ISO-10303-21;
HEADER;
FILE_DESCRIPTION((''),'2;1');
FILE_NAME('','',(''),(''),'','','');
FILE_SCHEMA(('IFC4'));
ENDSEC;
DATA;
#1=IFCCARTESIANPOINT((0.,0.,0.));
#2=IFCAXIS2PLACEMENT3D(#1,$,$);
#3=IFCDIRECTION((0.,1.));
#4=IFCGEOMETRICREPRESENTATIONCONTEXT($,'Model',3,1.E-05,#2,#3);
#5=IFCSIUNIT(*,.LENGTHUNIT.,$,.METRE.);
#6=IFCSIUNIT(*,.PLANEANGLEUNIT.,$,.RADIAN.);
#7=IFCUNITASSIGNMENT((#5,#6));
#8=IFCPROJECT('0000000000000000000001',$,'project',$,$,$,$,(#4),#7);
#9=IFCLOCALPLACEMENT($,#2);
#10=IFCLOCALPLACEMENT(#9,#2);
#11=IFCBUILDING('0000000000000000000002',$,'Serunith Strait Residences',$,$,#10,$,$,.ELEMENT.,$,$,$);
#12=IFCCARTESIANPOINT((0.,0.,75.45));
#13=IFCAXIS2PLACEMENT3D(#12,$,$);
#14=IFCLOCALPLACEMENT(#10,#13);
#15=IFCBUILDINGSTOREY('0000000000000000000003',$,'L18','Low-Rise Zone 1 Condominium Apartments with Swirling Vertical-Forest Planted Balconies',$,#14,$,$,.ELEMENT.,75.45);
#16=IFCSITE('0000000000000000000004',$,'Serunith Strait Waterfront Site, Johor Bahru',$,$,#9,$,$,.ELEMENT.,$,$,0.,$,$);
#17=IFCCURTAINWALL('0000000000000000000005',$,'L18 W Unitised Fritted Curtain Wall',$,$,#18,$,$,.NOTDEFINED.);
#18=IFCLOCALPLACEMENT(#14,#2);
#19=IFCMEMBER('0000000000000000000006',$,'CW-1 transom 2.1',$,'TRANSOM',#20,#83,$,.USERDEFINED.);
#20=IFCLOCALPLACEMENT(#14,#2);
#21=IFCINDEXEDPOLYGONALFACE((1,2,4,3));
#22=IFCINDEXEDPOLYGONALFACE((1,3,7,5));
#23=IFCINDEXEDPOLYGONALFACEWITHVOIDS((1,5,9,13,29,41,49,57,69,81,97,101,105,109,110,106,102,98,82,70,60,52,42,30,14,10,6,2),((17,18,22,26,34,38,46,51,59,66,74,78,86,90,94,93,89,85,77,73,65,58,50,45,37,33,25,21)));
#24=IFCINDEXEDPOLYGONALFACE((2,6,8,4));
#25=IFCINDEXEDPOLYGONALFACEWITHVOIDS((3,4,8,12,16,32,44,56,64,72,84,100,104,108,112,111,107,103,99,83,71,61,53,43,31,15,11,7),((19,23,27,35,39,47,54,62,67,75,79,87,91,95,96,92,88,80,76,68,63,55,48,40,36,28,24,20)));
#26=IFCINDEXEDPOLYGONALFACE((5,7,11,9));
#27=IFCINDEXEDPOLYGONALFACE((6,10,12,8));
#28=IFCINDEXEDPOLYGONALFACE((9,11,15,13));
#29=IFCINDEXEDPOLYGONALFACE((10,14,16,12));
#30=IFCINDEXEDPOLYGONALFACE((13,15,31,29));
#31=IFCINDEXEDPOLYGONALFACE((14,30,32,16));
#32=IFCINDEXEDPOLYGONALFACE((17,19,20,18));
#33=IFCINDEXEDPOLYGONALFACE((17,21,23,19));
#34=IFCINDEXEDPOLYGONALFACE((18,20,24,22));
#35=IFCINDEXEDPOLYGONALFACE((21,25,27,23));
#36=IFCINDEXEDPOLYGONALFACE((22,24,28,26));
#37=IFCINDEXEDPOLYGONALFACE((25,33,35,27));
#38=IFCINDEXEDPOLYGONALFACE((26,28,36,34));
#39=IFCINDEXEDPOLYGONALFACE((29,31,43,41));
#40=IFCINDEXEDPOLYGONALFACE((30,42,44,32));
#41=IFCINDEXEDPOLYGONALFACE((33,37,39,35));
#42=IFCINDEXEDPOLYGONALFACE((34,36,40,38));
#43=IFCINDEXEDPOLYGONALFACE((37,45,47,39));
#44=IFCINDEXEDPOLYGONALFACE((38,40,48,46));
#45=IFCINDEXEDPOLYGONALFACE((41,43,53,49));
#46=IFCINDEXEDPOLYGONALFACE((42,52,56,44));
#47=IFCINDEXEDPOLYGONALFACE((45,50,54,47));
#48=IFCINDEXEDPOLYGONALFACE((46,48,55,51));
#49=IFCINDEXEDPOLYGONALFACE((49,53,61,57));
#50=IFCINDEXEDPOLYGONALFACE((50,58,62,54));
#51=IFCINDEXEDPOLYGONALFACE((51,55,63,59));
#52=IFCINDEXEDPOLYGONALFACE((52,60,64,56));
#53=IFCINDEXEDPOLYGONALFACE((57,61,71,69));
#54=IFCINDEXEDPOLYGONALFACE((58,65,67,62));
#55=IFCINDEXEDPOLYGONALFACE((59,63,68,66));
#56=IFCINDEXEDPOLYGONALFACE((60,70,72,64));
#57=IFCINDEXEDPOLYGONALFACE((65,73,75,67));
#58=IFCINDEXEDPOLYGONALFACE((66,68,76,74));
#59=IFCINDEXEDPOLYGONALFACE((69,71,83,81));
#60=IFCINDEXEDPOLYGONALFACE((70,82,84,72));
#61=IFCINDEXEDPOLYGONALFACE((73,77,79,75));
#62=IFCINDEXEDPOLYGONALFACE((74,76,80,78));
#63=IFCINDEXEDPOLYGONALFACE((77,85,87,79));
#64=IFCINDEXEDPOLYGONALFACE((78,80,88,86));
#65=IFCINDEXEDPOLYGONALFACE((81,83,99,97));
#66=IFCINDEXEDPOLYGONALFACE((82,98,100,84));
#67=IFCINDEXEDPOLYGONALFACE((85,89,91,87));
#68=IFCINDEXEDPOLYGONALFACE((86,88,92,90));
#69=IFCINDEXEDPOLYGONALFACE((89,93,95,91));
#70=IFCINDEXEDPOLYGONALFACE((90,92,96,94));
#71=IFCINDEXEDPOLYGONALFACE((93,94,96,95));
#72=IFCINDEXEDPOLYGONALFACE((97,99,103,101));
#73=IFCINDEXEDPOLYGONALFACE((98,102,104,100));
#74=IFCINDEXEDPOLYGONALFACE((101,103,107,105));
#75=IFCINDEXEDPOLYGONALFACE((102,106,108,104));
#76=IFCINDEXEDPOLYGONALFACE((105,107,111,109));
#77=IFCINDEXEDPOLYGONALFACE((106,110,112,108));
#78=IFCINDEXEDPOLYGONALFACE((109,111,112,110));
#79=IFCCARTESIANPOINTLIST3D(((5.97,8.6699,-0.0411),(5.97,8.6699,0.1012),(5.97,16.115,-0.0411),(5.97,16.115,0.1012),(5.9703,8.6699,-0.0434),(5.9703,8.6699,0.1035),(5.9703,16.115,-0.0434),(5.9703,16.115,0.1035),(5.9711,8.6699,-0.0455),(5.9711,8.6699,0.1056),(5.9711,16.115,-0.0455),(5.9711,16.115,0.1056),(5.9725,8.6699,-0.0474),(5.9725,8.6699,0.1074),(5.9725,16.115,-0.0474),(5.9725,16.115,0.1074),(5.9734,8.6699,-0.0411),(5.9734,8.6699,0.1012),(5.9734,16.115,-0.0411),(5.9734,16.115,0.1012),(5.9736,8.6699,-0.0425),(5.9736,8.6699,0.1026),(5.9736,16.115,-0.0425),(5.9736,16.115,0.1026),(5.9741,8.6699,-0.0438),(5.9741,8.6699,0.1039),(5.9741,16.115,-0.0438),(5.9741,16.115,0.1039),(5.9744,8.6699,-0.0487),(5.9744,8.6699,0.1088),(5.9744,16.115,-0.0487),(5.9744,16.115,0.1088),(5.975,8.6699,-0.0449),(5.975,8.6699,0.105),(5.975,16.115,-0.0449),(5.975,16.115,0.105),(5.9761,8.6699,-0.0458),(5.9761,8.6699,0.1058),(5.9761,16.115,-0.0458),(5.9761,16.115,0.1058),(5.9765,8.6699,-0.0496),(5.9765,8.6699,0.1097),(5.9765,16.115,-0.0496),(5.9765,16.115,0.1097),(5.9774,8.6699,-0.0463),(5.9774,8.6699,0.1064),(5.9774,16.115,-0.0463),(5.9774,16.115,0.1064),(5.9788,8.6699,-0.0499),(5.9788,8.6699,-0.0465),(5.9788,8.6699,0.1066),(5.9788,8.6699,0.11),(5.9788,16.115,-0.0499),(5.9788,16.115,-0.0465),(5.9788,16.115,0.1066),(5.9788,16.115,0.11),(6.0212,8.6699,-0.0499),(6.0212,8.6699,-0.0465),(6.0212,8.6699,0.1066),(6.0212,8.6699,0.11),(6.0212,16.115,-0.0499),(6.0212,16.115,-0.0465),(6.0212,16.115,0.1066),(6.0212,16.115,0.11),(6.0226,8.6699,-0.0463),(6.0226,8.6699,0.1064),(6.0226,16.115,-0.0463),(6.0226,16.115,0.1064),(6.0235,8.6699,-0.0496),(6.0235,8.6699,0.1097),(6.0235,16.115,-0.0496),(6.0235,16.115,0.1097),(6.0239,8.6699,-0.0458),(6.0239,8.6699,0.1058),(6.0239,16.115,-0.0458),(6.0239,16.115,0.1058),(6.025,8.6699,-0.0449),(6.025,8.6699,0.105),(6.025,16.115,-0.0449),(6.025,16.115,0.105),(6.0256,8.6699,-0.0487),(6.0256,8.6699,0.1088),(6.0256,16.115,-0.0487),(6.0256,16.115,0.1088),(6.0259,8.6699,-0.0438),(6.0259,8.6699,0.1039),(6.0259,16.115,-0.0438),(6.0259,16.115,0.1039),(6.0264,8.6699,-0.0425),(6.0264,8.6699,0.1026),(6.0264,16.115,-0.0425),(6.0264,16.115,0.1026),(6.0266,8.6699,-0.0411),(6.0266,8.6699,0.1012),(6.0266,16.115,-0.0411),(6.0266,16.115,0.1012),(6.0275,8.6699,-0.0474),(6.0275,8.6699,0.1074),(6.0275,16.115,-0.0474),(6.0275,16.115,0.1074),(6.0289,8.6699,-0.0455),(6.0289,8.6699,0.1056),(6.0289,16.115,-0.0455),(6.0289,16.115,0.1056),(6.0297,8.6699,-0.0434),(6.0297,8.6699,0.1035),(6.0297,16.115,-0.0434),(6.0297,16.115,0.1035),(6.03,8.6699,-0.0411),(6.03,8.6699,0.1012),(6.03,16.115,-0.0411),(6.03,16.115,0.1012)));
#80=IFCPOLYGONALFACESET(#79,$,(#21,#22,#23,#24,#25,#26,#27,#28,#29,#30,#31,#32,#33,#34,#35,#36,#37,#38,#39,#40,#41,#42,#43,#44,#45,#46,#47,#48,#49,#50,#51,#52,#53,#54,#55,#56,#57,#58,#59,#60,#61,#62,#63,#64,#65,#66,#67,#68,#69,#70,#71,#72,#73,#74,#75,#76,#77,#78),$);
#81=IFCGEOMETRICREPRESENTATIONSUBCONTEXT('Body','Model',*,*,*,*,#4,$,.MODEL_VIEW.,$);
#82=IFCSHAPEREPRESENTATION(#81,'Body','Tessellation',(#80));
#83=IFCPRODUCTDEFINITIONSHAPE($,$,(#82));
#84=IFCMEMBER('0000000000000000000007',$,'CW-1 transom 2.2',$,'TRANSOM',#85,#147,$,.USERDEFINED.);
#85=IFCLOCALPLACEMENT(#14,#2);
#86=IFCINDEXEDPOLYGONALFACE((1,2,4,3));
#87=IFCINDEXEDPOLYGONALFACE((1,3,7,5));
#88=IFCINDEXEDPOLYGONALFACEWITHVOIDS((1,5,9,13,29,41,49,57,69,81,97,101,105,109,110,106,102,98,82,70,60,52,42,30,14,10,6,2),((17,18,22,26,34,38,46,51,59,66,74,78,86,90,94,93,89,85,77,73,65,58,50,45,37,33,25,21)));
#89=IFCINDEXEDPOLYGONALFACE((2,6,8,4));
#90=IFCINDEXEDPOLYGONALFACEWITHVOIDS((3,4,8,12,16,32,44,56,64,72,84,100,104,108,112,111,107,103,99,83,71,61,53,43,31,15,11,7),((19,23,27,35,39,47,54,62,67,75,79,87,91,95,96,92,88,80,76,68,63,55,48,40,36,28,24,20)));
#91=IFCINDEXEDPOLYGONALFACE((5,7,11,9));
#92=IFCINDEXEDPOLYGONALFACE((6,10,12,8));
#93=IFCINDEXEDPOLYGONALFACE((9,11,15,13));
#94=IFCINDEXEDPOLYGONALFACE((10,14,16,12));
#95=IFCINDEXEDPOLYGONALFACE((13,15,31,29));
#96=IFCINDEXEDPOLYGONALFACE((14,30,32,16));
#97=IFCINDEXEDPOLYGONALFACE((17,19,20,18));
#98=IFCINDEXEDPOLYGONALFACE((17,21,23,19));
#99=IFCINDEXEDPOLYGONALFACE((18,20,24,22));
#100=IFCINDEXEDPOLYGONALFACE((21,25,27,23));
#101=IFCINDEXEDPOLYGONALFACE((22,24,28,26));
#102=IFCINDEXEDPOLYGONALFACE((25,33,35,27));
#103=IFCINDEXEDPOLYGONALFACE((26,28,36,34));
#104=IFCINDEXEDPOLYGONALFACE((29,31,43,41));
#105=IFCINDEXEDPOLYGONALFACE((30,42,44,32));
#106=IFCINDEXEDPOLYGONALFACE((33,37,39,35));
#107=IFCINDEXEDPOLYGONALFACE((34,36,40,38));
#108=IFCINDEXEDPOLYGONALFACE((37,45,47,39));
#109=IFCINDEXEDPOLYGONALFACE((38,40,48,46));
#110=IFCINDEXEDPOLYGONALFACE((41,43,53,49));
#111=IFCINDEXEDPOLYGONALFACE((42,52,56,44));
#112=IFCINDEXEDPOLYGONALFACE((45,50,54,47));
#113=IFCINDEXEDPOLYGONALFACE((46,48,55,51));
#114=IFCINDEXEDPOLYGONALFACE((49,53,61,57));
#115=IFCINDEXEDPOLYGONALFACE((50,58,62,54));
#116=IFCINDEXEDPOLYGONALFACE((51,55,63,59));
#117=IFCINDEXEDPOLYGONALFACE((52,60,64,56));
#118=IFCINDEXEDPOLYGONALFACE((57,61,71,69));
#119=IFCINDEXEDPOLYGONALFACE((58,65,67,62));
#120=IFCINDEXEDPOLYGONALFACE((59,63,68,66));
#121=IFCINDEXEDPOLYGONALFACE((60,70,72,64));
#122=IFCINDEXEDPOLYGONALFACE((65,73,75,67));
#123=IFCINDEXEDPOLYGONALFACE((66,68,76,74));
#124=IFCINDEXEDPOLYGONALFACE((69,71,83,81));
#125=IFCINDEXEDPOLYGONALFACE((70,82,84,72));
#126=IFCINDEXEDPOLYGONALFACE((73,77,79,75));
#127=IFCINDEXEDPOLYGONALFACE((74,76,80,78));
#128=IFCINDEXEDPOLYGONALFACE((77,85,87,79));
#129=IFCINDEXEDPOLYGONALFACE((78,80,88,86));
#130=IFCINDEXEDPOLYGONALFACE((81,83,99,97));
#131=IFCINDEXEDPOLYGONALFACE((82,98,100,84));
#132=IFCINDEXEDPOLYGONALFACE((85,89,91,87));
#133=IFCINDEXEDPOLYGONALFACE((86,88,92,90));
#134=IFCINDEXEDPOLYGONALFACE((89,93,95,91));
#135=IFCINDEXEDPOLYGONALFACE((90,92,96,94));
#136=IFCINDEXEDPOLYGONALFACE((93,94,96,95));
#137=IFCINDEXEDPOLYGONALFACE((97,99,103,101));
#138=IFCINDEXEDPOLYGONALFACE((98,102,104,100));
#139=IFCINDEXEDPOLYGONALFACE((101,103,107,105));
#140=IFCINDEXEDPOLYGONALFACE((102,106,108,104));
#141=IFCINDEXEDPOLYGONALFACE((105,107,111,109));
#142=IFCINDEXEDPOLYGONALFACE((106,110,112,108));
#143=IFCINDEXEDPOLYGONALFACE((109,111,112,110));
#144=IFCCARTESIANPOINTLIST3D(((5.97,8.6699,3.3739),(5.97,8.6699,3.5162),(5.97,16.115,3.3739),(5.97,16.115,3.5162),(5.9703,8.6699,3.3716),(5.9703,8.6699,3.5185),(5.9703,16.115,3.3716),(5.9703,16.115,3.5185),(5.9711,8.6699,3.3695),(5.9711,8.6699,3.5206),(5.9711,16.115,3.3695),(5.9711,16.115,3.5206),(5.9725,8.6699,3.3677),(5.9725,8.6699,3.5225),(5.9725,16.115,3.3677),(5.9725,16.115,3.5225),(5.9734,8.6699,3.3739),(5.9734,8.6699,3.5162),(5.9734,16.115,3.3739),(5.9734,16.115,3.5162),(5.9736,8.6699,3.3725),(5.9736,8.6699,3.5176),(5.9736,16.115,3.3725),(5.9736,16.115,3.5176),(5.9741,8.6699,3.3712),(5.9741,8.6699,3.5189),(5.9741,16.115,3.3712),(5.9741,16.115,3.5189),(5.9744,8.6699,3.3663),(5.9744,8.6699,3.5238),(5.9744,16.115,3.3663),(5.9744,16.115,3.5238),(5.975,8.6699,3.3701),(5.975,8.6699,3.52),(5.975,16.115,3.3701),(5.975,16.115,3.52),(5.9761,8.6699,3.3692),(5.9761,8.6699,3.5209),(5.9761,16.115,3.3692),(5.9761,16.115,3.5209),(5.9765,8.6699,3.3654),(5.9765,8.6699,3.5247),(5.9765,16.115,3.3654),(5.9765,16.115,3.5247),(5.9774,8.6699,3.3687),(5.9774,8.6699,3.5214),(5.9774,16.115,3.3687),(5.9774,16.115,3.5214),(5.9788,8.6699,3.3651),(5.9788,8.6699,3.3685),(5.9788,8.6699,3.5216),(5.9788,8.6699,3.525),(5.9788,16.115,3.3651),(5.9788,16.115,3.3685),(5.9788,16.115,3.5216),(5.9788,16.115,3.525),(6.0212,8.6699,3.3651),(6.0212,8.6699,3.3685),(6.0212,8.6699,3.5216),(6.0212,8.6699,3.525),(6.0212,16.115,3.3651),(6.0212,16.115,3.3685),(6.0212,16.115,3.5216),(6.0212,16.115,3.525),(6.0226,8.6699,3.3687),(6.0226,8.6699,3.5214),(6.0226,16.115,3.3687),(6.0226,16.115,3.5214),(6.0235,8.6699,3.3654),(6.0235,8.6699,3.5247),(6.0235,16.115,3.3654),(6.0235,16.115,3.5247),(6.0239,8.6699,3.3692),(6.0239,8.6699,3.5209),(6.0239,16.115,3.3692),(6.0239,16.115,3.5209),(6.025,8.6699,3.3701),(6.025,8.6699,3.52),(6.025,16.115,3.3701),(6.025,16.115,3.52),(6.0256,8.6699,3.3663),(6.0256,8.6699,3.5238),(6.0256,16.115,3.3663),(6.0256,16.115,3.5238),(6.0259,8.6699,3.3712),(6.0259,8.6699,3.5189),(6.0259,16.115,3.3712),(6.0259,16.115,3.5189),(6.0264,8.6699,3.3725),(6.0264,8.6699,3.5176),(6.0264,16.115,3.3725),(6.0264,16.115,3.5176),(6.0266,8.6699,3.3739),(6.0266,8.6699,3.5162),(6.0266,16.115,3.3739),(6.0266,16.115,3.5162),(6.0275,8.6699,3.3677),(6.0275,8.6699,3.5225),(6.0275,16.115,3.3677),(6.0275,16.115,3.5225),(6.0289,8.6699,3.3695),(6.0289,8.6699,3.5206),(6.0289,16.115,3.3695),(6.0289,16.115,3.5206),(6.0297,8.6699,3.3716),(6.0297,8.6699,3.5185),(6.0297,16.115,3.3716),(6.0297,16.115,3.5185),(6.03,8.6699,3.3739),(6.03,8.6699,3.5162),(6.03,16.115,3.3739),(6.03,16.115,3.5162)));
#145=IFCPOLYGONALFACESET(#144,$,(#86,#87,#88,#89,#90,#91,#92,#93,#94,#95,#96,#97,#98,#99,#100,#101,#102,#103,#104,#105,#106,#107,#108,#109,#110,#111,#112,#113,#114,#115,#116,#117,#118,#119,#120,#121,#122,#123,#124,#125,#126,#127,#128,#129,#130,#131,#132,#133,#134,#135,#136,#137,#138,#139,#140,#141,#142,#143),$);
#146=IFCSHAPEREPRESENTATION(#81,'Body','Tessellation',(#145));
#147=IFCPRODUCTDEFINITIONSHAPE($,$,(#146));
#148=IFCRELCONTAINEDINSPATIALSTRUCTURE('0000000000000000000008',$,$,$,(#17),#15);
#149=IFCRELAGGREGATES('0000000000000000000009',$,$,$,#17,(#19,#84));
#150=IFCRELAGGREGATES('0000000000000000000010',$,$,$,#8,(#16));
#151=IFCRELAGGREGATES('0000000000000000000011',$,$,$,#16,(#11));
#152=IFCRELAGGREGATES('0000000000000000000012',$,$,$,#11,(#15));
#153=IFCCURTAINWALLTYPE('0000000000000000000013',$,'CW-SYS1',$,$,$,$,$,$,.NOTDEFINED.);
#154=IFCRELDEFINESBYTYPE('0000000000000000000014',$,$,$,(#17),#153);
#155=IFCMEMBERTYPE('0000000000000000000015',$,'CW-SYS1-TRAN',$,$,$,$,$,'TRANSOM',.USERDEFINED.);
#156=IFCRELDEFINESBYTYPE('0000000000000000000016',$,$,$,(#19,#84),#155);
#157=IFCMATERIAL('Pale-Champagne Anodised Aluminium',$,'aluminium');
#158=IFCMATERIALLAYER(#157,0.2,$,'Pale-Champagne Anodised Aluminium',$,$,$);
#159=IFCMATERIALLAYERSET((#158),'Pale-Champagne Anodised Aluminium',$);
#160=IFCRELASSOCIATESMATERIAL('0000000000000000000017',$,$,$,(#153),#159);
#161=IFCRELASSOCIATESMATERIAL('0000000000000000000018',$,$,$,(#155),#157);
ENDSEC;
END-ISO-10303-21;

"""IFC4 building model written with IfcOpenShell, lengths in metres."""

from ifc_helpers import new_model, si_unit, direction, frame, origin, origin_2d, place, context, subcontext, project, spatial, hollow_rectangle, extrude, source, transform, mapped, material, layer, layer_set, material_profile, profile_set, type_object, element, aggregate, save


model = new_model("IFC4")

# Units and contexts
model_context = context("Model", 3, precision=1e-05, world=origin(), true_north=direction((0.0, 1.0)))
body_context = subcontext(model_context, "Body", "Model", "MODEL_VIEW")
ifc_project = project(units=[si_unit("LENGTHUNIT", "METRE"), si_unit("PLANEANGLEUNIT", "RADIAN")], contexts=[model_context])

# Site, building, storey
site_placement = place(None, origin())
site = spatial("IfcSite", under=ifc_project, at=site_placement, Name="Serunith Strait Waterfront Site, Johor Bahru", CompositionType="ELEMENT", RefElevation=0.0)
building_placement = place(site_placement, origin())
building = spatial("IfcBuilding", under=site, at=building_placement, Name="Serunith Strait Residences", CompositionType="ELEMENT")
storey_placement = place(building_placement, frame((0.0, 0.0, 75.45)))
storey = spatial("IfcBuildingStorey", under=building, at=storey_placement, Name="L18", Description="Low-Rise Zone 1 Condominium Apartments with Swirling Vertical-Forest Planted Balconies", CompositionType="ELEMENT", Elevation=75.45)

# Curtain wall, members
ifc_material_1 = material(Name="Pale-Champagne Anodised Aluminium", Category="aluminium")
ifc_layer_1 = layer(ifc_material_1, 0.2, Name="Pale-Champagne Anodised Aluminium")
ifc_layer_set_1 = layer_set([ifc_layer_1], Name="Pale-Champagne Anodised Aluminium")
curtain_wall_type = type_object("IfcCurtainWallType", Name="CW-SYS1", PredefinedType="NOTDEFINED", material=ifc_layer_set_1)
curtain_wall_placement = place(storey_placement, origin())
curtain_wall = element("IfcCurtainWall", 1, at=curtain_wall_placement, inside=storey, type_object=curtain_wall_type, Name="L18 W Unitised Fritted Curtain Wall", PredefinedType="NOTDEFINED")
ifc_material_profile_1 = material_profile(ifc_material_1, hollow_rectangle(XDim=0.0601, YDim=0.1599, WallThickness=0.0034, InnerFilletRadius=0.0054, OuterFilletRadius=0.0088, at=origin_2d()), Name="ALU 160x60x3.5")
ifc_profile_set_1 = profile_set([ifc_material_profile_1], Name="Pale-Champagne Anodised Aluminium")
member_type_1 = type_object("IfcMemberType", Name="CW-SYS1-TRAN", ElementType="TRANSOM", PredefinedType="USERDEFINED", material=ifc_profile_set_1)
shared_shape_1 = source(origin(), body_context, "Body", "SweptSolid", [
    extrude(hollow_rectangle(XDim=0.0601, YDim=0.1599, WallThickness=0.0034, InnerFilletRadius=0.0054, OuterFilletRadius=0.0088, at=origin_2d()), origin(), (0.0, 0.0, 1.0), 7.4451),
])
member_1_placement = place(storey_placement, frame((6.0, 16.115, 0.03), z_axis=(0.0, -1.0, 0.0), x_axis=(1.0, 0.0, 0.0)))
member_1 = element("IfcMember", 2, at=member_1_placement, type_object=member_type_1, Name="CW-1 transom 2.1", ObjectType="TRANSOM", PredefinedType="USERDEFINED", context=body_context, shape_type="MappedRepresentation", body=[
    mapped(shared_shape_1, transform((0.0, 0.0, 0.0), scale=1.0)),
])
member_2_placement = place(storey_placement, frame((6.0, 16.115, 3.4451), z_axis=(0.0, -1.0, 0.0), x_axis=(1.0, 0.0, 0.0)))
member_2 = element("IfcMember", 3, at=member_2_placement, type_object=member_type_1, Name="CW-1 transom 2.2", ObjectType="TRANSOM", PredefinedType="USERDEFINED", context=body_context, shape_type="MappedRepresentation", body=[
    mapped(shared_shape_1, transform((0.0, 0.0, 0.0), scale=1.0)),
])
aggregate(curtain_wall, [member_1, member_2])

save(model, "model.ifc")
